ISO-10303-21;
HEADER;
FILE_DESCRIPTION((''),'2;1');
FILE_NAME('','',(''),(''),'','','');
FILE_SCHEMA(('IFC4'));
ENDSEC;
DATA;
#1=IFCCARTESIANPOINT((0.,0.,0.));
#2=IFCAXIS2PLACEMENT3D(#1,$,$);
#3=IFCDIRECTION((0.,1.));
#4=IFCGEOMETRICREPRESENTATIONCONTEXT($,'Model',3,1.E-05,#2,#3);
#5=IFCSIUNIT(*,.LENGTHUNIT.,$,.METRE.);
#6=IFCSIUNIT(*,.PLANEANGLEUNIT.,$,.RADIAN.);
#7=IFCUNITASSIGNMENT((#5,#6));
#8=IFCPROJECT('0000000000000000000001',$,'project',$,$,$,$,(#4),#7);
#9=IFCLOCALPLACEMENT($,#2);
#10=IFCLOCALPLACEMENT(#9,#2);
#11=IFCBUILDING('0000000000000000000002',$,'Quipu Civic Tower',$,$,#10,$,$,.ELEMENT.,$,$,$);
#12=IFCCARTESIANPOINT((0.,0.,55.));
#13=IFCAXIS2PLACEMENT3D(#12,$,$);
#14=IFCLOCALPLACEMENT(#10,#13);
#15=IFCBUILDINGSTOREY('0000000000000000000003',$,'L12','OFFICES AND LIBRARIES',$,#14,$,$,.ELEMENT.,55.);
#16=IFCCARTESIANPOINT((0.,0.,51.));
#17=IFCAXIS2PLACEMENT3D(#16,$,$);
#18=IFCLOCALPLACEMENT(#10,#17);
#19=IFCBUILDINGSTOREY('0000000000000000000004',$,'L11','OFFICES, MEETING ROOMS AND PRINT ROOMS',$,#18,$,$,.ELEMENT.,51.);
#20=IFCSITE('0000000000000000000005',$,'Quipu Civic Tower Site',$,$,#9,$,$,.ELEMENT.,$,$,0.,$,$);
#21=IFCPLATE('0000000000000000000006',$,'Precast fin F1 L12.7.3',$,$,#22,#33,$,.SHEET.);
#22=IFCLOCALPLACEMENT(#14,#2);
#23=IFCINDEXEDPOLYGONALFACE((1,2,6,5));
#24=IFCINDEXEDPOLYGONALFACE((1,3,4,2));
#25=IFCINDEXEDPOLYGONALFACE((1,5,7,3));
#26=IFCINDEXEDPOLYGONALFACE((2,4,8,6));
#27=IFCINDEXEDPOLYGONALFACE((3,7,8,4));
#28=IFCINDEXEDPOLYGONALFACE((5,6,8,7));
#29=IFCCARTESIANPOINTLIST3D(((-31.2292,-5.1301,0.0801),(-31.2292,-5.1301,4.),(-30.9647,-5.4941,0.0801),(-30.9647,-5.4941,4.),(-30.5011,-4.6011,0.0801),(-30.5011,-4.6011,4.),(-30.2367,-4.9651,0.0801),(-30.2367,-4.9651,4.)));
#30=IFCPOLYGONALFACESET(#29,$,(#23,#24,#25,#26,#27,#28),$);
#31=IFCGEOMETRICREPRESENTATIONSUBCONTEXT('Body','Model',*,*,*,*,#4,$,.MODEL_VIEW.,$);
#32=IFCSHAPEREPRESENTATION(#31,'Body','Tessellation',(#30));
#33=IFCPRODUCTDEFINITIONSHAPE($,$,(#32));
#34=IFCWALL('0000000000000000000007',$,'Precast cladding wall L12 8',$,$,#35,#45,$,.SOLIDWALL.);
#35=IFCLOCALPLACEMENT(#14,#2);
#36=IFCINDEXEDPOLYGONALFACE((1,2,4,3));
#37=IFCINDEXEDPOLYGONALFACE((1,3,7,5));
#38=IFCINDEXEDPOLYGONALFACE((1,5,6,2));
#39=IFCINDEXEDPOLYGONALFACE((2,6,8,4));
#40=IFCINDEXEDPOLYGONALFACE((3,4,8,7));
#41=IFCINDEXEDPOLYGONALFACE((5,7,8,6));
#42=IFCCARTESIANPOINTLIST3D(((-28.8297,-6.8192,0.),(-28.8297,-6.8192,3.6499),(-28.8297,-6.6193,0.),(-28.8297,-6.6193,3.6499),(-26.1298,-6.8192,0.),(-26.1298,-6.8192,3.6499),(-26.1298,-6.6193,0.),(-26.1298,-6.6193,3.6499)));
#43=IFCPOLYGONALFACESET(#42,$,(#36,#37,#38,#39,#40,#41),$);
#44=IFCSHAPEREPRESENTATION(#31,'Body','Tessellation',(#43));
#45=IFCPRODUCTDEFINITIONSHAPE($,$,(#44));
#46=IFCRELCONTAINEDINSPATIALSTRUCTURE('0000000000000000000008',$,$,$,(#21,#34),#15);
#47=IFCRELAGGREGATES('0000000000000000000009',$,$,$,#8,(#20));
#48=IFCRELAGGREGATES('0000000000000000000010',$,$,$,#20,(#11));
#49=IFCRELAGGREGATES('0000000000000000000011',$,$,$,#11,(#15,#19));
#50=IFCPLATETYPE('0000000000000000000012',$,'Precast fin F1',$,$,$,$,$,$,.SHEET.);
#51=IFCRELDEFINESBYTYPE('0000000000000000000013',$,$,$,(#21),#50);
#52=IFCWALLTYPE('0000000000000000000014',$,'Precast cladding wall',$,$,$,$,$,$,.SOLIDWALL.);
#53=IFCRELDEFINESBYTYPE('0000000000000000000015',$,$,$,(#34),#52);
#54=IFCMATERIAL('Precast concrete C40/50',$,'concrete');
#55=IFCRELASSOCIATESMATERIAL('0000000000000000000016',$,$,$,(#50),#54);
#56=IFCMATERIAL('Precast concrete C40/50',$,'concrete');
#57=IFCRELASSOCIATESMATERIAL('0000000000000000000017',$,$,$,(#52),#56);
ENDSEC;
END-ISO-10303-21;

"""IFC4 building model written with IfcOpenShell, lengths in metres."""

from ifc_helpers import new_model, si_unit, direction, frame, frame_2d, origin, origin_2d, place, context, subcontext, project, spatial, rectangle, extrude, material, type_object, element, save


model = new_model("IFC4")

# Units and contexts
model_context = context("Model", 3, precision=1e-05, world=origin(), true_north=direction((0.0, 1.0)))
body_context = subcontext(model_context, "Body", "Model", "MODEL_VIEW")
ifc_project = project(units=[si_unit("LENGTHUNIT", "METRE"), si_unit("PLANEANGLEUNIT", "RADIAN")], contexts=[model_context])

# Site, building, storey
site_placement = place(None, origin())
site = spatial("IfcSite", under=ifc_project, at=site_placement, Name="Quipu Civic Tower Site", CompositionType="ELEMENT", RefElevation=0.0)
building_placement = place(site_placement, origin())
building = spatial("IfcBuilding", under=site, at=building_placement, Name="Quipu Civic Tower", CompositionType="ELEMENT")
storey_1_placement = place(building_placement, frame((0.0, 0.0, 55.0)))
storey_1 = spatial("IfcBuildingStorey", under=building, at=storey_1_placement, Name="L12", Description="OFFICES AND LIBRARIES", CompositionType="ELEMENT", Elevation=55.0)

# Shared definitions
storey_2_placement = place(building_placement, frame((0.0, 0.0, 51.0)))
storey_2 = spatial("IfcBuildingStorey", under=building, at=storey_2_placement, Name="L11", Description="OFFICES, MEETING ROOMS AND PRINT ROOMS", CompositionType="ELEMENT", Elevation=51.0)

# Plate
ifc_material_1 = material(Name="Precast concrete C40/50", Category="concrete")
plate_type_1 = type_object("IfcPlateType", Name="Precast fin F1", PredefinedType="SHEET", material=ifc_material_1)
for number, where, z_axis, x_axis, name in (
    (1, (-30.7329, -5.0476, 0.0801), (0.0, 0.0, 1.0), (0.587784, -0.809018, 0.0), "Precast fin F1 L12.7.3"),
):
    element("IfcPlate", number, at=place(storey_1_placement, frame(where, z_axis=z_axis, x_axis=x_axis)), inside=storey_1, type_object=plate_type_1, Name=name, PredefinedType="SHEET", context=body_context, shape_type="SweptSolid", body=[
        extrude(rectangle(XDim=0.45, YDim=0.8999, at=origin_2d()), origin(), (0.0, 0.0, 1.0), 3.9199),
    ])

# Wall
ifc_material_2 = material(Name="Precast concrete C40/50", Category="concrete")
wall_type = type_object("IfcWallType", Name="Precast cladding wall", PredefinedType="SOLIDWALL", material=ifc_material_2)
wall_placement = place(storey_1_placement, frame((-28.8298, -6.7192, 0.0), z_axis=(0.0, 0.0, 1.0), x_axis=(1.0, 0.0, 0.0)))
element("IfcWall", 2, at=wall_placement, inside=storey_1, type_object=wall_type, Name="Precast cladding wall L12 8", PredefinedType="SOLIDWALL", context=body_context, shape_type="SweptSolid", body=[
    extrude(rectangle(XDim=2.7, YDim=0.2, at=frame_2d((1.3501, 0.0))), origin(), (0.0, 0.0, 1.0), 3.6499),
])

save(model, "model.ifc")
